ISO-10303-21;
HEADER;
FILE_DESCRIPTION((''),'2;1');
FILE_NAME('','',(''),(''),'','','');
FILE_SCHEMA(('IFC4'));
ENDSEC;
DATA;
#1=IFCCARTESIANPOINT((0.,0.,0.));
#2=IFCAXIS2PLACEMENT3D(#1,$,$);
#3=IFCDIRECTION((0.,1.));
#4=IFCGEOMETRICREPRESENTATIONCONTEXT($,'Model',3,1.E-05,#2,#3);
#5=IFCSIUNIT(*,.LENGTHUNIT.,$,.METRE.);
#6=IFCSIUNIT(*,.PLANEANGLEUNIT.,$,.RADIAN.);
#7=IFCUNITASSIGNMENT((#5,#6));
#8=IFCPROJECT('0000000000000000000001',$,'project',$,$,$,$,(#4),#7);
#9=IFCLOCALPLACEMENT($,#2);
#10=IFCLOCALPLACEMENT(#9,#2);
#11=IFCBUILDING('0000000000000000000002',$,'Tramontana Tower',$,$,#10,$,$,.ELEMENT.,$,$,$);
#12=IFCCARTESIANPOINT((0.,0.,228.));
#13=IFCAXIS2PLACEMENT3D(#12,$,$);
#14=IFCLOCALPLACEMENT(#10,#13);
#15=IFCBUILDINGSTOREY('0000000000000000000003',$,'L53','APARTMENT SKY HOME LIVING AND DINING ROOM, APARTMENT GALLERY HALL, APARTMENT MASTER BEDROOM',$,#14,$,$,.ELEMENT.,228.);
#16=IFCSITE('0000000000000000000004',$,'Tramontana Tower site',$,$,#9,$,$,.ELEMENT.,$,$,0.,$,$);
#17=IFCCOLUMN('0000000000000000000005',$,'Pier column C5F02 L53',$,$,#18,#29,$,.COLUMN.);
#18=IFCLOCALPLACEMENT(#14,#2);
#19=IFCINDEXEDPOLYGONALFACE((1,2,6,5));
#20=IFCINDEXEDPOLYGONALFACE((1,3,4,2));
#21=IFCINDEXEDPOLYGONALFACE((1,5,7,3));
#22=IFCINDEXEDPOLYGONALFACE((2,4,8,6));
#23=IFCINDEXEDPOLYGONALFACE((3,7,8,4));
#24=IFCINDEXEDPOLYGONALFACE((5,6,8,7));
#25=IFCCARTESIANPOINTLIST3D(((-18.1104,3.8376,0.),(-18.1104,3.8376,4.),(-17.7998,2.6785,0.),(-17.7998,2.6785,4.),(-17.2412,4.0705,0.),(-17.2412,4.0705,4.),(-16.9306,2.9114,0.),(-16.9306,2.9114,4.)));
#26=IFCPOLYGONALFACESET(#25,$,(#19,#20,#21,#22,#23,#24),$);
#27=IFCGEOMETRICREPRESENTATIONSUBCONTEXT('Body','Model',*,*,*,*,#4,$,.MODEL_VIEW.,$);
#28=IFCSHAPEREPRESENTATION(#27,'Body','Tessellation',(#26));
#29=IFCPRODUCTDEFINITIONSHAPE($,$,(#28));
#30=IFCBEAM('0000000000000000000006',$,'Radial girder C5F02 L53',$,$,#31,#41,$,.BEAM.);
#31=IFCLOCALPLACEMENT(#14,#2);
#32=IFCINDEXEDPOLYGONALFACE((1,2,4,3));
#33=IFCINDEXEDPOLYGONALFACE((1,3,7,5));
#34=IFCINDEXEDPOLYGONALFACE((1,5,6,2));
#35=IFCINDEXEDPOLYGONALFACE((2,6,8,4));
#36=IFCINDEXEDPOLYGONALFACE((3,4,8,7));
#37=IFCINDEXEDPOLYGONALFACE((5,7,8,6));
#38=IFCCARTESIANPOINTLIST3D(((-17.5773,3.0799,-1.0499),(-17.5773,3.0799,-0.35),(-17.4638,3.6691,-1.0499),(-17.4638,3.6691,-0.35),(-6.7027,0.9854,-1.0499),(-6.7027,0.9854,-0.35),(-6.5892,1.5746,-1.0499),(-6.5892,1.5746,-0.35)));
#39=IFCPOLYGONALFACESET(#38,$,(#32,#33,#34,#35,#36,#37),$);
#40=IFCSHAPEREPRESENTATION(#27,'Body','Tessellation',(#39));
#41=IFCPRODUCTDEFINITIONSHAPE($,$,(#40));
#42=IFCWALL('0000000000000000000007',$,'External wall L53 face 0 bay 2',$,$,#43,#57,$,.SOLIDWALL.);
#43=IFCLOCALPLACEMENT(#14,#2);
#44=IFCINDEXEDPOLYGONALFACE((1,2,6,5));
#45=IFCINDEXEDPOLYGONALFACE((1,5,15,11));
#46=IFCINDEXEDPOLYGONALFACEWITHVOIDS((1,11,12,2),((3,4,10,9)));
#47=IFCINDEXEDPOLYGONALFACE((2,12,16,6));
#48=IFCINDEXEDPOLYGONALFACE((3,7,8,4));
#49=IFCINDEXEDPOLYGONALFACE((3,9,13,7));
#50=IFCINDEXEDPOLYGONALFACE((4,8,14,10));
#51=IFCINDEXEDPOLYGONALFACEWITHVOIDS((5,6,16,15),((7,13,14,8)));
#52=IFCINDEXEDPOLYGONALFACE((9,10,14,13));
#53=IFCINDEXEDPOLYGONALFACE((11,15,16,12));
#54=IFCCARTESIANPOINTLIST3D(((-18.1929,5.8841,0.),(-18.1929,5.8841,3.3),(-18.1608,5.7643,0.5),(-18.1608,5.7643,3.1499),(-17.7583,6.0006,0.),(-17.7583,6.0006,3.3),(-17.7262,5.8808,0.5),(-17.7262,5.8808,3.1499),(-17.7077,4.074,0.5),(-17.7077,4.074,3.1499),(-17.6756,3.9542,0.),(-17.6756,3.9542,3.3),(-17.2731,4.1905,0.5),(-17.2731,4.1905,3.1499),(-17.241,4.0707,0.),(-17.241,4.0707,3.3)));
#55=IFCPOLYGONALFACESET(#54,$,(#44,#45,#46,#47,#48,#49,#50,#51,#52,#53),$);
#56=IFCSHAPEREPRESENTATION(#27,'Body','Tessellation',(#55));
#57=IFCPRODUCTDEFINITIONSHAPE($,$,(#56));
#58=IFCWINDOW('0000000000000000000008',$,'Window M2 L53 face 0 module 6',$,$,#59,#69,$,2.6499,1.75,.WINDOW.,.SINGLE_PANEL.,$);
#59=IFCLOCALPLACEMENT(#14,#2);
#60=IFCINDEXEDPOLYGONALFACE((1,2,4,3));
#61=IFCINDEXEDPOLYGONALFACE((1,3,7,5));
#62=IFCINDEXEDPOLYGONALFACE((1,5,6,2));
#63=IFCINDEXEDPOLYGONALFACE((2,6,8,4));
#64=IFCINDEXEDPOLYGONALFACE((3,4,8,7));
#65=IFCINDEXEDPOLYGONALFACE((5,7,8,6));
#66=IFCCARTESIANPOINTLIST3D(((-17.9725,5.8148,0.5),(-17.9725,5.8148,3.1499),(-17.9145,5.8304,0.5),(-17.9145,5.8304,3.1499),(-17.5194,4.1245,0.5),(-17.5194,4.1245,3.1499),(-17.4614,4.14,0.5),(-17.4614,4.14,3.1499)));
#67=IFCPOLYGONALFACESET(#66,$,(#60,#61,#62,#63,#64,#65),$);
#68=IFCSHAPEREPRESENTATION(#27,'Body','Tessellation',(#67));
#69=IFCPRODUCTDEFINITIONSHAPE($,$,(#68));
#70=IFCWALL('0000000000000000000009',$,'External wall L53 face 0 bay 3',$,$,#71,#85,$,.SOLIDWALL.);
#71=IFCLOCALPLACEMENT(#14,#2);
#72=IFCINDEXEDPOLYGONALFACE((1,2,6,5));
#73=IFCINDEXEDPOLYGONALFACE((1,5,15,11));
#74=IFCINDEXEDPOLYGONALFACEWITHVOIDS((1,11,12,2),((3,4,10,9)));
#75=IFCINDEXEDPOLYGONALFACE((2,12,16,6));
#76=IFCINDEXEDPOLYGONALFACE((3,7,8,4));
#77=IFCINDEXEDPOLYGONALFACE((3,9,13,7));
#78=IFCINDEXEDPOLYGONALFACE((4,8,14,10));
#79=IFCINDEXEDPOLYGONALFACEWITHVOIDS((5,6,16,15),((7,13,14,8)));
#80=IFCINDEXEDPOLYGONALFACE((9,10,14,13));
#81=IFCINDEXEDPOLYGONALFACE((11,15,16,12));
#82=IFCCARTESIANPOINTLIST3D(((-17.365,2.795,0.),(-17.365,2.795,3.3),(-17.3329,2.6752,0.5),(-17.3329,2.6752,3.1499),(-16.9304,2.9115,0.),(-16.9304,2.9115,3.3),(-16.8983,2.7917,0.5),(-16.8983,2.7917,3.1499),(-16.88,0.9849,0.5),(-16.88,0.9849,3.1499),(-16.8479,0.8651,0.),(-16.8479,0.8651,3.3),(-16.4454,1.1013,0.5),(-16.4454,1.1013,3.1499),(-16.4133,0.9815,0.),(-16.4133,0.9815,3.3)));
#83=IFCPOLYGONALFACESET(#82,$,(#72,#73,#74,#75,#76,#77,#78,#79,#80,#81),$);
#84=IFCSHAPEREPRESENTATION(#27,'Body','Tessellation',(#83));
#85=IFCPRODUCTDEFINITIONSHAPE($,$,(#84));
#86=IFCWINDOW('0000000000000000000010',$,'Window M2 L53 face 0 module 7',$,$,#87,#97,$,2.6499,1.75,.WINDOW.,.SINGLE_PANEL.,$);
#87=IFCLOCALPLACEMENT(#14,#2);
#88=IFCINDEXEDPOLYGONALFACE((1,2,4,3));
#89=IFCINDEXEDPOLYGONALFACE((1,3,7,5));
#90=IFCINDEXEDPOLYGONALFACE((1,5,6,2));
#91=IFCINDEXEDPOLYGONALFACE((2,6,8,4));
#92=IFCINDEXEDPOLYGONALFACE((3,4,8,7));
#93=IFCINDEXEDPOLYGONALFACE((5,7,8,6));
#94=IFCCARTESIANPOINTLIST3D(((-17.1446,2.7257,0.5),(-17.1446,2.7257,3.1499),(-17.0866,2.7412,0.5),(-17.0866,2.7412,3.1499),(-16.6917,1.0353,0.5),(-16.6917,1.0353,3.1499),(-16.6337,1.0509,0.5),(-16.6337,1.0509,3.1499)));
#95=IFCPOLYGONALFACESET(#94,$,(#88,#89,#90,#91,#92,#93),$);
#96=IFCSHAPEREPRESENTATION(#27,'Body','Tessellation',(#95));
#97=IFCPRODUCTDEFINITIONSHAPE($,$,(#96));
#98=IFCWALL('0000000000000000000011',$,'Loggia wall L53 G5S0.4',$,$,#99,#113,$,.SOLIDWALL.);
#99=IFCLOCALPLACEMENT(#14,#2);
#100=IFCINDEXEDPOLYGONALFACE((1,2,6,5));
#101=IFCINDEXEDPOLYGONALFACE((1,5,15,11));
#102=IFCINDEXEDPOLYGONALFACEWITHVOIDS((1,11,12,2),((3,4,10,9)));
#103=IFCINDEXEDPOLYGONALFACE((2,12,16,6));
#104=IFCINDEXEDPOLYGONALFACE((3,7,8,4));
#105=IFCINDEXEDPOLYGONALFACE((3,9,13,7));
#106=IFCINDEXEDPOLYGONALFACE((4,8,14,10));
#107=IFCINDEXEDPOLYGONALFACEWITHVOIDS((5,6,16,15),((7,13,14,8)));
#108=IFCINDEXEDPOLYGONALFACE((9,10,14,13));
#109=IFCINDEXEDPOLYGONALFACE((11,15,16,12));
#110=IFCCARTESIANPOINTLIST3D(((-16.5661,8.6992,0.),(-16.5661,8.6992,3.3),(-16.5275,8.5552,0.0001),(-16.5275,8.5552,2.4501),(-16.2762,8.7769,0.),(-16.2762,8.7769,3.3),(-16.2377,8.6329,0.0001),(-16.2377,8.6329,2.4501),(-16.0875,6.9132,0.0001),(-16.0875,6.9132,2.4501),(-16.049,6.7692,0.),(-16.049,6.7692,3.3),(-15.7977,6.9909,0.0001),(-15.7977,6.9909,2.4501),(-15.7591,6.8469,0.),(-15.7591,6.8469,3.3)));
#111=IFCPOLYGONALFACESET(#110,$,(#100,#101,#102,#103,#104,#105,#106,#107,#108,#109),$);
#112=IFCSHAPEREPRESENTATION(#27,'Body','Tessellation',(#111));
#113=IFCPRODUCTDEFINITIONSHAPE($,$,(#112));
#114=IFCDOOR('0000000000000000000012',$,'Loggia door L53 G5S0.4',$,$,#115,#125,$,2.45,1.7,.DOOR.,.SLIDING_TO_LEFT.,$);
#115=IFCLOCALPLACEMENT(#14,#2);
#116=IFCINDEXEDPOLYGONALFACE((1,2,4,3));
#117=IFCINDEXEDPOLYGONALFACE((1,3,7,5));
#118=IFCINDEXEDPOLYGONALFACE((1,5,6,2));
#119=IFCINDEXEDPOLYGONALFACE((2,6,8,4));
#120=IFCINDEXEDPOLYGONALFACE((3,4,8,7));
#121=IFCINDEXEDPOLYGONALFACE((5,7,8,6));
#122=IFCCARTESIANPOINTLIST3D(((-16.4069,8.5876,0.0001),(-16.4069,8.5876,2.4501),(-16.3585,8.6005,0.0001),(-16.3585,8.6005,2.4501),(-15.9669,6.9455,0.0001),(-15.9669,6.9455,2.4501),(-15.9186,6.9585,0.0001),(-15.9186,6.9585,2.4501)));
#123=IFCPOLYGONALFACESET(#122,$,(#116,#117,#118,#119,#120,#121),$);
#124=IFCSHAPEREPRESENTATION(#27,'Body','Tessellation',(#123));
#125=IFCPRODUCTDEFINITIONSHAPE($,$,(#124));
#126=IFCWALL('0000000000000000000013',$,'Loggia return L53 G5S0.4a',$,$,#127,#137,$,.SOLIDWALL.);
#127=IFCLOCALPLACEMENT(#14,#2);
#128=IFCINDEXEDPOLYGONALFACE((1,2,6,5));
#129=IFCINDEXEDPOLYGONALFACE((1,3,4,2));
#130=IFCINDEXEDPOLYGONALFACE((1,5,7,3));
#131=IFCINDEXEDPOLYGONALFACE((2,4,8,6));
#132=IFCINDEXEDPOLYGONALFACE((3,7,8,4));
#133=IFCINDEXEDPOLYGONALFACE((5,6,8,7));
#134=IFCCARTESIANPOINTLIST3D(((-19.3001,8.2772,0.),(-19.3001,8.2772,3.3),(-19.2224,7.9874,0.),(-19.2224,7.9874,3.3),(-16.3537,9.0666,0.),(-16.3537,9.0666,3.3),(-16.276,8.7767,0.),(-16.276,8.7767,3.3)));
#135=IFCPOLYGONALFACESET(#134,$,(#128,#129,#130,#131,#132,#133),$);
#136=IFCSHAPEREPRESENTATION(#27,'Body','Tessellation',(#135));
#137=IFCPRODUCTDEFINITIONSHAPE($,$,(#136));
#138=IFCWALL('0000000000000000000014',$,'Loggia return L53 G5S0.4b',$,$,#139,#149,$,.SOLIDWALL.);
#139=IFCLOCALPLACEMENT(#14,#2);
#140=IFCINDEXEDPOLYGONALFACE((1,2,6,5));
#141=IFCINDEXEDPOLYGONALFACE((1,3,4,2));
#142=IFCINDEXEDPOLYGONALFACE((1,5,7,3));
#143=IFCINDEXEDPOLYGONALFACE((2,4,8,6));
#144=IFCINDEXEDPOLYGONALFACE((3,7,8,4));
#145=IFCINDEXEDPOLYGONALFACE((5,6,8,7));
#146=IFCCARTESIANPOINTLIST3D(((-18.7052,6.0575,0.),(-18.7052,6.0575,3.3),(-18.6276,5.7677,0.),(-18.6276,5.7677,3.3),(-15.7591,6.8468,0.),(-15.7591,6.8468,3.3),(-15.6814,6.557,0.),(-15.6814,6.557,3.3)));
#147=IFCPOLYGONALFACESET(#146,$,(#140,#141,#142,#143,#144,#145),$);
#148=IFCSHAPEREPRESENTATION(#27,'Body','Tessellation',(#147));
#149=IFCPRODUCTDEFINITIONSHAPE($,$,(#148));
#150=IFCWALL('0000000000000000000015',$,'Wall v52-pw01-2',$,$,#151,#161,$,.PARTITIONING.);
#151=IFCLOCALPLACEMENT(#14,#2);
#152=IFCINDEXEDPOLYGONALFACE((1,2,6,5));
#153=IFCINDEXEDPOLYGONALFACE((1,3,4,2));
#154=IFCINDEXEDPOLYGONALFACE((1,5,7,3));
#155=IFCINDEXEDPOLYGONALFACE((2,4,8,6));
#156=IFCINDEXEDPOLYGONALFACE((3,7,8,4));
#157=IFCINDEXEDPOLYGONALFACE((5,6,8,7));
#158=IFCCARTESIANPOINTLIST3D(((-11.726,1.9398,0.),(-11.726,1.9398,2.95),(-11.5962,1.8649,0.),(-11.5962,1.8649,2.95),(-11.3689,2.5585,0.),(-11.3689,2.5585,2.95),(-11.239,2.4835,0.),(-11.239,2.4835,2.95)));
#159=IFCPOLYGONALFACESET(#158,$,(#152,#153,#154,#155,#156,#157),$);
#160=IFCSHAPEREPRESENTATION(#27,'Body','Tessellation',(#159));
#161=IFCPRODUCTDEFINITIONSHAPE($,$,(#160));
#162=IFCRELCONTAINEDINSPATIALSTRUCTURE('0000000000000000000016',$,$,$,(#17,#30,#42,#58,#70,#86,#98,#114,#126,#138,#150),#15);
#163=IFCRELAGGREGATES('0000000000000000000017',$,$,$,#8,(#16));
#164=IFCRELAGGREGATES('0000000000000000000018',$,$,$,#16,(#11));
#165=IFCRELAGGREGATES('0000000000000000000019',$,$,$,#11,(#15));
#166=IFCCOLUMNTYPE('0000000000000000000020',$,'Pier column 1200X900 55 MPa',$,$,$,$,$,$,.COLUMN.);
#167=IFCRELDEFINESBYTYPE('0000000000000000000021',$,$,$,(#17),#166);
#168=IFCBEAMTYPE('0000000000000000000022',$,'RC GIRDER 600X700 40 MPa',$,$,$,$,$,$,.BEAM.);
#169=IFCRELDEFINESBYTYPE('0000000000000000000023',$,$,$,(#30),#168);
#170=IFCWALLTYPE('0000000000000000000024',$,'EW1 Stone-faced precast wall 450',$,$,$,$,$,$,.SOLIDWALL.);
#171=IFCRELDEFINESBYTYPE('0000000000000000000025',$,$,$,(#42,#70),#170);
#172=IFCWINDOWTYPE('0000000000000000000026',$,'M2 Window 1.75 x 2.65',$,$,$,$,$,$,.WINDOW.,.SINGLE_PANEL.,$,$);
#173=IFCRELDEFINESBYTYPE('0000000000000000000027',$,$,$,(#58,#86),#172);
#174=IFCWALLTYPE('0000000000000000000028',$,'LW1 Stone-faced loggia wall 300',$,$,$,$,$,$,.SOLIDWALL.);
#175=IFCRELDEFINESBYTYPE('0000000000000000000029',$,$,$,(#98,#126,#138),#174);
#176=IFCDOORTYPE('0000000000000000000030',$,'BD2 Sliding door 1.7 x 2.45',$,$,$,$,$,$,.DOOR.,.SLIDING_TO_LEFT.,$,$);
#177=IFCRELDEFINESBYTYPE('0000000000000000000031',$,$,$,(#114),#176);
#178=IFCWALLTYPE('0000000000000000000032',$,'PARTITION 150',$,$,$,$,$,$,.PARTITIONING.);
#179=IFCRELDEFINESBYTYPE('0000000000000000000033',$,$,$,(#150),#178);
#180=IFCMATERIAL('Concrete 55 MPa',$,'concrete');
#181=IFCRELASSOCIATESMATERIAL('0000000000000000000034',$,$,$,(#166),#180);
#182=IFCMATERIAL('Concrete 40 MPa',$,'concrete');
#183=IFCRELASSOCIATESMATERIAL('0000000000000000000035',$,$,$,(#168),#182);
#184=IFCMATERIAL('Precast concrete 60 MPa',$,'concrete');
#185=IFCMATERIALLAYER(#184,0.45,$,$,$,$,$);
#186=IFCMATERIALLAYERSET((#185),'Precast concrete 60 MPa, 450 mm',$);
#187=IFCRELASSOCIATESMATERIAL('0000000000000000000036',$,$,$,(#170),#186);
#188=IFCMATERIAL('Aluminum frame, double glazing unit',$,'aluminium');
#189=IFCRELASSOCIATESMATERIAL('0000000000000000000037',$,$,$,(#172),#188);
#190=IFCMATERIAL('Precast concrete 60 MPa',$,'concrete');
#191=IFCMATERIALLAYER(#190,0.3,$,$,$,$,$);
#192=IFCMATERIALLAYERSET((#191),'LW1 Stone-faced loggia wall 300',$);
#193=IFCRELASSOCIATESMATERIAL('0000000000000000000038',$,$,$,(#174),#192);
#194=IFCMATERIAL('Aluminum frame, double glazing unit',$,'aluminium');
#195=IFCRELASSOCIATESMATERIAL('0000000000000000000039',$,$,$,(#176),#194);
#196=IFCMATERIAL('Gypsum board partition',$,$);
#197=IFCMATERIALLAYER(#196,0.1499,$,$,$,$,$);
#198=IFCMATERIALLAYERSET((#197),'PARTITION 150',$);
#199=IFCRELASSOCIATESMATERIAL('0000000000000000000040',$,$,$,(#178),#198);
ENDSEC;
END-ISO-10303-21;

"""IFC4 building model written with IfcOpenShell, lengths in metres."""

from ifc_helpers import new_model, si_unit, direction, frame, frame_2d, origin, origin_2d, place, context, subcontext, project, spatial, rectangle, extrude, material, layer, layer_set, material_profile, profile_set, type_object, element, fill, save


model = new_model("IFC4")

# Units and contexts
model_context = context("Model", 3, precision=1e-05, world=origin(), true_north=direction((0.0, 1.0)))
body_context = subcontext(model_context, "Body", "Model", "MODEL_VIEW")
ifc_project = project(units=[si_unit("LENGTHUNIT", "METRE"), si_unit("PLANEANGLEUNIT", "RADIAN")], contexts=[model_context])

# Site, building, storey
site_placement = place(None, origin())
site = spatial("IfcSite", under=ifc_project, at=site_placement, Name="Tramontana Tower site", CompositionType="ELEMENT", RefElevation=0.0)
building_placement = place(site_placement, origin())
building = spatial("IfcBuilding", under=site, at=building_placement, Name="Tramontana Tower", CompositionType="ELEMENT")
storey_placement = place(building_placement, frame((0.0, 0.0, 228.0)))
storey = spatial("IfcBuildingStorey", under=building, at=storey_placement, Name="L53", Description="APARTMENT SKY HOME LIVING AND DINING ROOM, APARTMENT GALLERY HALL, APARTMENT MASTER BEDROOM", CompositionType="ELEMENT", Elevation=228.0)

# Column
ifc_material_1 = material(Name="Concrete 55 MPa", Category="concrete")
ifc_material_profile_1 = material_profile(ifc_material_1, rectangle(XDim=1.2, YDim=0.8999, at=origin_2d()), Name="Pier column 1200X900 55 MPa")
ifc_profile_set_1 = profile_set([ifc_material_profile_1], Name="Concrete 55 MPa")
column_type = type_object("IfcColumnType", Name="Pier column 1200X900 55 MPa", PredefinedType="COLUMN", material=ifc_profile_set_1)
column_placement = place(storey_placement, frame((-17.5205, 3.3745, 0.0), z_axis=(0.0, 0.0, 1.0), x_axis=(0.258819, -0.965926, 0.0)))
element("IfcColumn", 1, at=column_placement, inside=storey, type_object=column_type, Name="Pier column C5F02 L53", PredefinedType="COLUMN", context=body_context, shape_type="SweptSolid", body=[
    extrude(rectangle(XDim=1.2, YDim=0.8999, at=origin_2d()), origin(), (0.0, 0.0, 1.0), 4.0),
])

# Beam
ifc_material_2 = material(Name="Concrete 40 MPa", Category="concrete")
ifc_material_profile_2 = material_profile(ifc_material_2, rectangle(XDim=0.6001, YDim=0.7, at=origin_2d()), Name="RC GIRDER 600X700 40 MPa")
ifc_profile_set_2 = profile_set([ifc_material_profile_2], Name="Concrete 40 MPa")
beam_type = type_object("IfcBeamType", Name="RC GIRDER 600X700 40 MPa", PredefinedType="BEAM", material=ifc_profile_set_2)
beam_placement = place(storey_placement, frame((-17.5205, 3.3745, -0.7), z_axis=(0.981952, -0.189129, 0.0), x_axis=(0.189129, 0.981952, 0.0)))
element("IfcBeam", 2, at=beam_placement, inside=storey, type_object=beam_type, Name="Radial girder C5F02 L53", PredefinedType="BEAM", context=body_context, shape_type="SweptSolid", body=[
    extrude(rectangle(XDim=0.6001, YDim=0.7, at=origin_2d()), origin(), (0.0, 0.0, 1.0), 11.0745),
])

# Walls, openings, windows
ifc_material_3 = material(Name="Precast concrete 60 MPa", Category="concrete")
ifc_layer_1 = layer(ifc_material_3, 0.45)
ifc_layer_set_1 = layer_set([ifc_layer_1], Name="Precast concrete 60 MPa, 450 mm")
wall_type_1 = type_object("IfcWallType", Name="EW1 Stone-faced precast wall 450", PredefinedType="SOLIDWALL", material=ifc_layer_set_1)
wall_1_placement = place(storey_placement, frame((-17.9756, 5.9424, 0.0), z_axis=(0.0, 0.0, 1.0), x_axis=(0.258917, -0.9659, 0.0)))
wall_1 = element("IfcWall", 3, at=wall_1_placement, inside=storey, type_object=wall_type_1, Name="External wall L53 face 0 bay 2", PredefinedType="SOLIDWALL", context=body_context, shape_type="SweptSolid", body=[
    extrude(rectangle(XDim=1.998, YDim=0.45, at=frame_2d((0.999, 0.0))), origin(), (0.0, 0.0, 1.0), 3.3),
])
opening_1_placement = place(wall_1_placement, frame((0.124, 0.0, 0.5)))
opening_1 = element("IfcOpeningElement", 4, at=opening_1_placement, cuts=wall_1, PredefinedType="OPENING", context=body_context, shape_type="SweptSolid", body=[
    extrude(rectangle(XDim=1.75, YDim=2.6499, at=frame_2d((0.875, 1.325))), frame((0.0, 0.2349, 0.0), z_axis=(0.0, -1.0, 0.0), x_axis=(1.0, 0.0, 0.0)), (0.0, 0.0, 1.0), 0.47),
])
ifc_material_4 = material(Name="Aluminum frame, double glazing unit", Category="aluminium")
window_type = type_object("IfcWindowType", Name="M2 Window 1.75 x 2.65", PartitioningType="SINGLE_PANEL", PredefinedType="WINDOW", material=ifc_material_4)
window_1_placement = place(opening_1_placement, origin())
window_1 = element("IfcWindow", 5, at=window_1_placement, inside=storey, type_object=window_type, Name="Window M2 L53 face 0 module 6", OverallHeight=2.6499, OverallWidth=1.75, PartitioningType="SINGLE_PANEL", PredefinedType="WINDOW", context=body_context, shape_type="SweptSolid", body=[
    extrude(rectangle(XDim=1.75, YDim=2.6499, at=frame_2d((0.875, 1.325))), frame((0.0, 0.03, 0.0), z_axis=(0.0, -1.0, 0.0), x_axis=(1.0, 0.0, 0.0)), (0.0, 0.0, 1.0), 0.0601),
])
fill(opening_1, window_1)
wall_2_placement = place(storey_placement, frame((-17.1477, 2.8533, 0.0), z_axis=(0.0, 0.0, 1.0), x_axis=(0.258803, -0.96593, 0.0)))
wall_2 = element("IfcWall", 6, at=wall_2_placement, inside=storey, type_object=wall_type_1, Name="External wall L53 face 0 bay 3", PredefinedType="SOLIDWALL", context=body_context, shape_type="SweptSolid", body=[
    extrude(rectangle(XDim=1.998, YDim=0.45, at=frame_2d((0.999, 0.0))), origin(), (0.0, 0.0, 1.0), 3.3),
])
opening_2_placement = place(wall_2_placement, frame((0.124, 0.0, 0.5)))
opening_2 = element("IfcOpeningElement", 7, at=opening_2_placement, cuts=wall_2, PredefinedType="OPENING", context=body_context, shape_type="SweptSolid", body=[
    extrude(rectangle(XDim=1.75, YDim=2.6499, at=frame_2d((0.875, 1.325))), frame((0.0, 0.2349, 0.0), z_axis=(0.0, -1.0, 0.0), x_axis=(1.0, 0.0, 0.0)), (0.0, 0.0, 1.0), 0.47),
])
window_2_placement = place(opening_2_placement, origin())
window_2 = element("IfcWindow", 8, at=window_2_placement, inside=storey, type_object=window_type, Name="Window M2 L53 face 0 module 7", OverallHeight=2.6499, OverallWidth=1.75, PartitioningType="SINGLE_PANEL", PredefinedType="WINDOW", context=body_context, shape_type="SweptSolid", body=[
    extrude(rectangle(XDim=1.75, YDim=2.6499, at=frame_2d((0.875, 1.325))), frame((0.0, 0.03, 0.0), z_axis=(0.0, -1.0, 0.0), x_axis=(1.0, 0.0, 0.0)), (0.0, 0.0, 1.0), 0.0601),
])
fill(opening_2, window_2)

# Wall, opening, door
ifc_material_5 = material(Name="Precast concrete 60 MPa", Category="concrete")
ifc_layer_2 = layer(ifc_material_5, 0.3)
ifc_layer_set_2 = layer_set([ifc_layer_2], Name="LW1 Stone-faced loggia wall 300")
wall_type_2 = type_object("IfcWallType", Name="LW1 Stone-faced loggia wall 300", PredefinedType="SOLIDWALL", material=ifc_layer_set_2)
wall_3_placement = place(storey_placement, frame((-16.4211, 8.738, 0.0), z_axis=(0.0, 0.0, 1.0), x_axis=(0.258803, -0.96593, 0.0)))
wall_3 = element("IfcWall", 9, at=wall_3_placement, inside=storey, type_object=wall_type_2, Name="Loggia wall L53 G5S0.4", PredefinedType="SOLIDWALL", context=body_context, shape_type="SweptSolid", body=[
    extrude(rectangle(XDim=1.998, YDim=0.3, at=frame_2d((0.999, 0.0))), origin(), (0.0, 0.0, 1.0), 3.3),
])
opening_3_placement = place(wall_3_placement, frame((0.1489, 0.0, 0.0)))
opening_3 = element("IfcOpeningElement", 10, at=opening_3_placement, cuts=wall_3, PredefinedType="OPENING", context=body_context, shape_type="SweptSolid", body=[
    extrude(rectangle(XDim=1.7, YDim=2.45, at=frame_2d((0.8501, 1.2251))), frame((0.0, 0.1599, 0.0), z_axis=(0.0, -1.0, 0.0), x_axis=(1.0, 0.0, 0.0)), (0.0, 0.0, 1.0), 0.3201),
])
ifc_material_6 = material(Name="Aluminum frame, double glazing unit", Category="aluminium")
door_type_1 = type_object("IfcDoorType", Name="BD2 Sliding door 1.7 x 2.45", OperationType="SLIDING_TO_LEFT", PredefinedType="DOOR", material=ifc_material_6)
door_1_placement = place(opening_3_placement, origin())
door_1 = element("IfcDoor", 11, at=door_1_placement, inside=storey, type_object=door_type_1, Name="Loggia door L53 G5S0.4", OperationType="SLIDING_TO_LEFT", OverallHeight=2.45, OverallWidth=1.7, PredefinedType="DOOR", context=body_context, shape_type="SweptSolid", body=[
    extrude(rectangle(XDim=1.7, YDim=2.45, at=frame_2d((0.8501, 1.2251))), frame((0.0, 0.0249, 0.0), z_axis=(0.0, -1.0, 0.0), x_axis=(1.0, 0.0, 0.0)), (0.0, 0.0, 1.0), 0.05),
])
fill(opening_3, door_1)

# Walls
wall_4_placement = place(storey_placement, frame((-19.2612, 8.1323, 0.0), z_axis=(0.0, 0.0, 1.0), x_axis=(0.965938, 0.258773, 0.0)))
element("IfcWall", 12, at=wall_4_placement, inside=storey, type_object=wall_type_2, Name="Loggia return L53 G5S0.4a", PredefinedType="SOLIDWALL", context=body_context, shape_type="SweptSolid", body=[
    extrude(rectangle(XDim=3.0503, YDim=0.3, at=frame_2d((1.5251, 0.0))), origin(), (0.0, 0.0, 1.0), 3.3),
])
wall_5_placement = place(storey_placement, frame((-18.6663, 5.9126, 0.0), z_axis=(0.0, 0.0, 1.0), x_axis=(0.965933, 0.258793, 0.0)))
element("IfcWall", 13, at=wall_5_placement, inside=storey, type_object=wall_type_2, Name="Loggia return L53 G5S0.4b", PredefinedType="SOLIDWALL", context=body_context, shape_type="SweptSolid", body=[
    extrude(rectangle(XDim=3.05, YDim=0.3, at=frame_2d((1.5249, 0.0))), origin(), (0.0, 0.0, 1.0), 3.3),
])
ifc_material_7 = material(Name="Gypsum board partition")
ifc_layer_3 = layer(ifc_material_7, 0.1499)
ifc_layer_set_3 = layer_set([ifc_layer_3], Name="PARTITION 150")
wall_type_3 = type_object("IfcWallType", Name="PARTITION 150", PredefinedType="PARTITIONING", material=ifc_layer_set_3)
wall_6_placement = place(storey_placement, frame((-11.6611, 1.9023, 0.0), z_axis=(0.0, 0.0, 1.0), x_axis=(0.499999, 0.866026, 0.0)))
element("IfcWall", 14, at=wall_6_placement, inside=storey, type_object=wall_type_3, Name="Wall v52-pw01-2", PredefinedType="PARTITIONING", context=body_context, shape_type="SweptSolid", body=[
    extrude(rectangle(XDim=0.7144, YDim=0.1499, at=frame_2d((0.3572, 0.0))), origin(), (0.0, 0.0, 1.0), 2.95),
])

save(model, "model.ifc")
